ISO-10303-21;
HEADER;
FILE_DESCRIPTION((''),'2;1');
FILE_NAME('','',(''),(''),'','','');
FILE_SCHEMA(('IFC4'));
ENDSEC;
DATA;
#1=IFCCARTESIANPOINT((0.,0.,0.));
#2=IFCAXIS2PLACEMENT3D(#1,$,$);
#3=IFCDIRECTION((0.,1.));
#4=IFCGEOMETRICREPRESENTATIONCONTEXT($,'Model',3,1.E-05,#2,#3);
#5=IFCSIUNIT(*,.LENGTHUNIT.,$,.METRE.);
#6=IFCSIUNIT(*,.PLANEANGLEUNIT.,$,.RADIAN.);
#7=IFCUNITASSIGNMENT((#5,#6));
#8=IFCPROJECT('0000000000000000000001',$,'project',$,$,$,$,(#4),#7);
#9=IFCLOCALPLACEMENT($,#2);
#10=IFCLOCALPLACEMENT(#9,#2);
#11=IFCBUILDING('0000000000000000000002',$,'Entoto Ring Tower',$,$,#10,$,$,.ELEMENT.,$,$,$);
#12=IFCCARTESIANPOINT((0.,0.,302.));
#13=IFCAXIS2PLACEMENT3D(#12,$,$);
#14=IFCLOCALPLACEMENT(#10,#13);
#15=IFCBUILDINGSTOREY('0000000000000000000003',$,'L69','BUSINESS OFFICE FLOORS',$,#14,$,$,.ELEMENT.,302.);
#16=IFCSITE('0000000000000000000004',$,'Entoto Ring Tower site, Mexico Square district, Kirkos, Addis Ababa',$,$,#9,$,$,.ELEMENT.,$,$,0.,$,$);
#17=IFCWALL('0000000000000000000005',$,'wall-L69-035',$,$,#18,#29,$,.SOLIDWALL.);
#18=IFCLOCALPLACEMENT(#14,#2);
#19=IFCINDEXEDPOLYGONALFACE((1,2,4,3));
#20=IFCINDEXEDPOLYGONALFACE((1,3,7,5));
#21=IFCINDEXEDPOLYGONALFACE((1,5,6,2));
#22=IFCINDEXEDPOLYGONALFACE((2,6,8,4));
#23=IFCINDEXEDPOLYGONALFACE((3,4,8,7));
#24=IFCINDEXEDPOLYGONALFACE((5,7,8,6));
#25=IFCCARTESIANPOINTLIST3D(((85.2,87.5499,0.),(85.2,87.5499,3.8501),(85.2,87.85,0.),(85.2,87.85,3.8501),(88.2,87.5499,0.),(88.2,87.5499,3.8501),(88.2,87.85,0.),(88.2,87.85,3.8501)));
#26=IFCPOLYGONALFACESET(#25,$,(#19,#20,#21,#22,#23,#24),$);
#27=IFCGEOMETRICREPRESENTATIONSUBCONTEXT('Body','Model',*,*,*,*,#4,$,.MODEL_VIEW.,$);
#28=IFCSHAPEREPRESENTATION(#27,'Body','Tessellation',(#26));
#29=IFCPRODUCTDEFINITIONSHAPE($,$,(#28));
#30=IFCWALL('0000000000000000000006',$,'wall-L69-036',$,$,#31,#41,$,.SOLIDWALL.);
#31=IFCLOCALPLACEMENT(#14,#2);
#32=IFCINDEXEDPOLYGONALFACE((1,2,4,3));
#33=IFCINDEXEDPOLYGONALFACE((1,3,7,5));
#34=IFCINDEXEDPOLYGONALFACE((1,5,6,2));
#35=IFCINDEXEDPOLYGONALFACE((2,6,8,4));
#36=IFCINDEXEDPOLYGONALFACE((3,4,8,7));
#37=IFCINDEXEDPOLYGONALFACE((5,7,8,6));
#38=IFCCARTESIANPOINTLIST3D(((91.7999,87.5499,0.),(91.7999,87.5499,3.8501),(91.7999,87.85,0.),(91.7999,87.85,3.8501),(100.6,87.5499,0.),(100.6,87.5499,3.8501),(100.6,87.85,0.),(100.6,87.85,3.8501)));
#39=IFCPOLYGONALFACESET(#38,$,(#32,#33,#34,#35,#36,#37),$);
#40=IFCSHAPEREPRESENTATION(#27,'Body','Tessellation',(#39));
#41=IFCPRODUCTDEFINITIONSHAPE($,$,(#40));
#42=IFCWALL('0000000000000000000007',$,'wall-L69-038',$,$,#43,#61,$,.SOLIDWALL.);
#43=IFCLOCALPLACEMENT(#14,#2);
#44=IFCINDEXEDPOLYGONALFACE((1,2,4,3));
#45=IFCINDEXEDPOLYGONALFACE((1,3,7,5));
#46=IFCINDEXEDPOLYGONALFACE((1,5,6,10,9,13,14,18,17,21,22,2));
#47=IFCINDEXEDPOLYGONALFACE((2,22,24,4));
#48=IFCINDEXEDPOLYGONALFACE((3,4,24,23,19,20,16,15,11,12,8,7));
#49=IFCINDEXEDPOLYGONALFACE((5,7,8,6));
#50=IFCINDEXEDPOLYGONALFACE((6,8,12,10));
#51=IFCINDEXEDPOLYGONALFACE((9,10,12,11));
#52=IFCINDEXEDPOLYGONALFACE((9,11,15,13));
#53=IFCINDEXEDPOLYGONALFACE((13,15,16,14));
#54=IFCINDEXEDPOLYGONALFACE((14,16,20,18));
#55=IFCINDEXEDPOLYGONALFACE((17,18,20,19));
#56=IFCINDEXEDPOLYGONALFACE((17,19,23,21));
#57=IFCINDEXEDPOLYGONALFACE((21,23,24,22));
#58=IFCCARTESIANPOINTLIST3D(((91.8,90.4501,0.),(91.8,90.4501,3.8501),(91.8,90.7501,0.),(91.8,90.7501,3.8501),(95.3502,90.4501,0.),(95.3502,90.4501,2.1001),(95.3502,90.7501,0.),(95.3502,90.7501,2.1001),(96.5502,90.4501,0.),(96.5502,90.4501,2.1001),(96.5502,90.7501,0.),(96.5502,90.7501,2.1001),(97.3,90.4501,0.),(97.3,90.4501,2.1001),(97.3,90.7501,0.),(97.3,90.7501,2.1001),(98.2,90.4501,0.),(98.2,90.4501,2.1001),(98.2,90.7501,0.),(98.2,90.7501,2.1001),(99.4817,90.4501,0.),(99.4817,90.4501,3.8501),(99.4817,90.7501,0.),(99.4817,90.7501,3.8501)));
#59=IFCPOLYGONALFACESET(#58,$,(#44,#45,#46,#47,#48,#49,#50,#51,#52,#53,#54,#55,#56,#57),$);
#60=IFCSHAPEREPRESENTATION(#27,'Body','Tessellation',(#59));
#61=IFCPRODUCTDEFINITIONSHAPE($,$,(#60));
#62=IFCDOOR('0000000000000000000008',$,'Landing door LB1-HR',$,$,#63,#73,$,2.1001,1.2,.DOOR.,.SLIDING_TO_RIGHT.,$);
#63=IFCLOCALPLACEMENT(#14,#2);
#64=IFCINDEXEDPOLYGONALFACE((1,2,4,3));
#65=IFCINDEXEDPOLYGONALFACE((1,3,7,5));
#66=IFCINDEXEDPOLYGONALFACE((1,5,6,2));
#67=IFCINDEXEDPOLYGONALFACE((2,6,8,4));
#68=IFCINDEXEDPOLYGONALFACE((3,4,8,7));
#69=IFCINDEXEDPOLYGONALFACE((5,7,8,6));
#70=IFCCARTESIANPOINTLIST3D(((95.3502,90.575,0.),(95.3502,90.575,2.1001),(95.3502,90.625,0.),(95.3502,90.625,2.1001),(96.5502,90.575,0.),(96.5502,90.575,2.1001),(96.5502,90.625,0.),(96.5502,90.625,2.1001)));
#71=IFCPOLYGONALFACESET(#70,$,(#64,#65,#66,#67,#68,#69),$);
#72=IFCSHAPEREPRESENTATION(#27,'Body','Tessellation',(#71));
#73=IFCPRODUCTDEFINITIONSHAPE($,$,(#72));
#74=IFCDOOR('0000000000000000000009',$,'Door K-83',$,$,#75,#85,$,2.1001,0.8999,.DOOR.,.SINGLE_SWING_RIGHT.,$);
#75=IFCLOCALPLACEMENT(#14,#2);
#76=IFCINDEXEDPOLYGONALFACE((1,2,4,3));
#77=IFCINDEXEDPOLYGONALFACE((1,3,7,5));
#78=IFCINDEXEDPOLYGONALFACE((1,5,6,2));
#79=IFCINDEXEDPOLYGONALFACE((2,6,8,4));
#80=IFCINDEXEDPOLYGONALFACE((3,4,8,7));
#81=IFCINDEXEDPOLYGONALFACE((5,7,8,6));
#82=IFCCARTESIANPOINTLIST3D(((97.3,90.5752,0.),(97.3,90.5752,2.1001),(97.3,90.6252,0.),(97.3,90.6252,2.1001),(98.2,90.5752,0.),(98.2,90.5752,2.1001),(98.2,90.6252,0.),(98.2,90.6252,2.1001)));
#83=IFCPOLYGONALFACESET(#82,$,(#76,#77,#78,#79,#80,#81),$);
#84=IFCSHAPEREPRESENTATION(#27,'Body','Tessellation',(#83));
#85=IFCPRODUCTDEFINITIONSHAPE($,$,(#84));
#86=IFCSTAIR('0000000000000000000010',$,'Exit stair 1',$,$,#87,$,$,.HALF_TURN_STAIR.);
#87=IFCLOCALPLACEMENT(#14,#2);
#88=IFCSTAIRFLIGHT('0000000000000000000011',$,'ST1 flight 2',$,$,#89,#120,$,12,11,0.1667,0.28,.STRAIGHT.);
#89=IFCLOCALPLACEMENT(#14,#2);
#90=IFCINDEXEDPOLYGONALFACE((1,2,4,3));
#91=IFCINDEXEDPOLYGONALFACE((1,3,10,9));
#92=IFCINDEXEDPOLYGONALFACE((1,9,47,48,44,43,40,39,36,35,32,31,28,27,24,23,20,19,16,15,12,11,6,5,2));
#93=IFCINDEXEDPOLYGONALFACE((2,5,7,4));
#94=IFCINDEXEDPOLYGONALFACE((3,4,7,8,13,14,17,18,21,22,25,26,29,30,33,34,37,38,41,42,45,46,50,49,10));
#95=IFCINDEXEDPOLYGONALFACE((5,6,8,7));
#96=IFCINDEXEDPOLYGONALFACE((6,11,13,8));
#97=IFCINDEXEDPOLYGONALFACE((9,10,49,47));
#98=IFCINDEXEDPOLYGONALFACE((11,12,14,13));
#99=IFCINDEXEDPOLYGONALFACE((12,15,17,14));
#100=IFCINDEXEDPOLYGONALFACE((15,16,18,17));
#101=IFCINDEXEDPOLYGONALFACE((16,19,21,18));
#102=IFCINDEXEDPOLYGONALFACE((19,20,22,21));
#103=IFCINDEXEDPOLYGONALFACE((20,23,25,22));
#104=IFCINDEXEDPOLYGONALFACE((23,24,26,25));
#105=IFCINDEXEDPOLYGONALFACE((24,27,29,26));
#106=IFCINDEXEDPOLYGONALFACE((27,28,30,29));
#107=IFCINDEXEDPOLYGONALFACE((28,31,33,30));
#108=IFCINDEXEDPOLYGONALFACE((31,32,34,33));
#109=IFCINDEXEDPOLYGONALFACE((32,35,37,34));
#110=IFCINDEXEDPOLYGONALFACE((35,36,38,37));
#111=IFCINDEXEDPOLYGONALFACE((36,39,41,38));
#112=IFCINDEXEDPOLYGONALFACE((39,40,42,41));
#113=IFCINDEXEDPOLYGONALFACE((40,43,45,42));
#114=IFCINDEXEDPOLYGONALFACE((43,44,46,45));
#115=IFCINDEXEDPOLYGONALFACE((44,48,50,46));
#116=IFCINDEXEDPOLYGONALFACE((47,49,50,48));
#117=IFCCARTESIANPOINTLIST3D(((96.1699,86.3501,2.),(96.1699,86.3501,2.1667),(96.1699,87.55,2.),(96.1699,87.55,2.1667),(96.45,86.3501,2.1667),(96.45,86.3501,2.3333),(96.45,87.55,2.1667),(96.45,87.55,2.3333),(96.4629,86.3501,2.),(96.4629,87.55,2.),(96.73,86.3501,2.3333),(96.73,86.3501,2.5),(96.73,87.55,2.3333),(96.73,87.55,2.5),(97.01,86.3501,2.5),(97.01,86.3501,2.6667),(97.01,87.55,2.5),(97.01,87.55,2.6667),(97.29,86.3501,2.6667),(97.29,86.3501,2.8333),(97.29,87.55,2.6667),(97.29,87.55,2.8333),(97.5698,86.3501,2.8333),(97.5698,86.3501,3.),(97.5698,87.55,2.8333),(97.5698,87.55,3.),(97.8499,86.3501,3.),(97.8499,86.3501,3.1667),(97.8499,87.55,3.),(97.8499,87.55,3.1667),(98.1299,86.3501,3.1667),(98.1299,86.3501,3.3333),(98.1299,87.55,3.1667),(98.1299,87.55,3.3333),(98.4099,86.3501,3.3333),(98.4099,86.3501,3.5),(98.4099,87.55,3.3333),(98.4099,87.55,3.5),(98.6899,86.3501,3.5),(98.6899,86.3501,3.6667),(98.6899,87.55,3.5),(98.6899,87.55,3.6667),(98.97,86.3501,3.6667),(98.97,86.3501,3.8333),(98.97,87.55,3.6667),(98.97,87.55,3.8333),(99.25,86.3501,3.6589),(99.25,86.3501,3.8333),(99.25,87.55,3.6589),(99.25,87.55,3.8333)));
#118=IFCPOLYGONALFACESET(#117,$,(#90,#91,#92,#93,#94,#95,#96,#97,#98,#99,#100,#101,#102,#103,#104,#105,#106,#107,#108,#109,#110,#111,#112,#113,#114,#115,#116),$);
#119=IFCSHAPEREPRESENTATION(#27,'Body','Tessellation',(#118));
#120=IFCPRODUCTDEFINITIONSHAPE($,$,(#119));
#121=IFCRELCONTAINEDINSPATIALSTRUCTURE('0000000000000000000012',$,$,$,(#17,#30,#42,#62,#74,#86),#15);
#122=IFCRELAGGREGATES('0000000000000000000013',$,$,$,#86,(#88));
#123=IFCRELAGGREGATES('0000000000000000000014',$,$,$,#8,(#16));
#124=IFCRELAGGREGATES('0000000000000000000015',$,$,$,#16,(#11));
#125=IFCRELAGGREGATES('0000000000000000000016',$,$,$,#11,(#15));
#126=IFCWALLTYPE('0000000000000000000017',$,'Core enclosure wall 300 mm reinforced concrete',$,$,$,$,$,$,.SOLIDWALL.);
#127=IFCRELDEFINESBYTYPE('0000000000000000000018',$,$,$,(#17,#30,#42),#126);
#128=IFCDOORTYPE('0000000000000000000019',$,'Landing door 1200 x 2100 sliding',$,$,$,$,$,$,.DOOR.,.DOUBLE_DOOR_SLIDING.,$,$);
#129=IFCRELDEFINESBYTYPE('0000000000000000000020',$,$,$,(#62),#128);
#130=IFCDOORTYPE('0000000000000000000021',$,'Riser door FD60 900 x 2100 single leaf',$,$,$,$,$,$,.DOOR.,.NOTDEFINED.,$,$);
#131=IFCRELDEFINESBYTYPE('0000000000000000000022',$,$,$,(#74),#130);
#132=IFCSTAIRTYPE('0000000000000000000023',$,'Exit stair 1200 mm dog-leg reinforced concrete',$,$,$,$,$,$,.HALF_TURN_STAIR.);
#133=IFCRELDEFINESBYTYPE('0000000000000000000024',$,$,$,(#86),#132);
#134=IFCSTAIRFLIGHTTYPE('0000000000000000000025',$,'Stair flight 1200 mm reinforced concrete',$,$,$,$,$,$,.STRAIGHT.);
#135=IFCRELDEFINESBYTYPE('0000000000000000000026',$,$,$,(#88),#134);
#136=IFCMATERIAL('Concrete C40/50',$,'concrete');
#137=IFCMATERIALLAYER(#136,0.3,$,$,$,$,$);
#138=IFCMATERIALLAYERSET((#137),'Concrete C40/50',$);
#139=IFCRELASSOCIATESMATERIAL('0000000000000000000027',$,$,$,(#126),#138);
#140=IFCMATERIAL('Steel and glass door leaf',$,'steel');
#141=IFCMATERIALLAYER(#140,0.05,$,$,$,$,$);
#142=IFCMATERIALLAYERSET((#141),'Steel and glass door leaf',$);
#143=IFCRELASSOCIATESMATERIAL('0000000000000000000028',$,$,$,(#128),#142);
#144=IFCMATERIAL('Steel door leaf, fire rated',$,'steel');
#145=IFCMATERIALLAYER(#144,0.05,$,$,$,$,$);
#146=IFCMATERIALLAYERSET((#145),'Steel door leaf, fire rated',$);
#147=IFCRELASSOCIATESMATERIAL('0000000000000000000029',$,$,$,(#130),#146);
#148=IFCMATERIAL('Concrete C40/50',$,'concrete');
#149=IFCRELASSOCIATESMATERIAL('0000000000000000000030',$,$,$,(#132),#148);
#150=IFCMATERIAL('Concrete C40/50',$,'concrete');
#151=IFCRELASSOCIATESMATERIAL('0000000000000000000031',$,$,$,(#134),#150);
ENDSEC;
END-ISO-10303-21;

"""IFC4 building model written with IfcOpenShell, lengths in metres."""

from ifc_helpers import new_model, si_unit, direction, frame, frame_2d, origin, place, context, subcontext, project, spatial, polyline, rectangle, outline, extrude, material, layer, layer_set, type_object, element, fill, aggregate, save


model = new_model("IFC4")

# Units and contexts
model_context = context("Model", 3, precision=1e-05, world=origin(), true_north=direction((0.0, 1.0)))
body_context = subcontext(model_context, "Body", "Model", "MODEL_VIEW")
ifc_project = project(units=[si_unit("LENGTHUNIT", "METRE"), si_unit("PLANEANGLEUNIT", "RADIAN")], contexts=[model_context])

# Site, building, storey
site_placement = place(None, origin())
site = spatial("IfcSite", under=ifc_project, at=site_placement, Name="Entoto Ring Tower site, Mexico Square district, Kirkos, Addis Ababa", CompositionType="ELEMENT", RefElevation=0.0)
building_placement = place(site_placement, origin())
building = spatial("IfcBuilding", under=site, at=building_placement, Name="Entoto Ring Tower", CompositionType="ELEMENT")
storey_placement = place(building_placement, frame((0.0, 0.0, 302.0)))
storey = spatial("IfcBuildingStorey", under=building, at=storey_placement, Name="L69", Description="BUSINESS OFFICE FLOORS", CompositionType="ELEMENT", Elevation=302.0)

# Shared definitions
ifc_material_1 = material(Name="Concrete C40/50", Category="concrete")
ifc_layer_1 = layer(ifc_material_1, 0.3)
ifc_layer_set_1 = layer_set([ifc_layer_1], Name="Concrete C40/50")
wall_type = type_object("IfcWallType", Name="Core enclosure wall 300 mm reinforced concrete", PredefinedType="SOLIDWALL", material=ifc_layer_set_1)

# Shared definitions
ifc_material_2 = material(Name="Steel and glass door leaf", Category="steel")
ifc_layer_2 = layer(ifc_material_2, 0.05)
ifc_layer_set_2 = layer_set([ifc_layer_2], Name="Steel and glass door leaf")
door_type_1 = type_object("IfcDoorType", Name="Landing door 1200 x 2100 sliding", OperationType="DOUBLE_DOOR_SLIDING", PredefinedType="DOOR", material=ifc_layer_set_2)

# Walls
for number, where, z_axis, x_axis, name in (
    (1, (85.2, 87.7, 0.0), (0.0, 0.0, 1.0), (1.0, 0.0, 0.0), "wall-L69-035"),
):
    element("IfcWall", number, at=place(storey_placement, frame(where, z_axis=z_axis, x_axis=x_axis)), inside=storey, type_object=wall_type, Name=name, PredefinedType="SOLIDWALL", context=body_context, shape_type="SweptSolid", body=[
        extrude(rectangle(XDim=3.0, YDim=0.3, at=frame_2d((1.5, 0.0))), origin(), (0.0, 0.0, 1.0), 3.8501),
    ])
wall_1_placement = place(storey_placement, frame((91.8, 87.7, 0.0), z_axis=(0.0, 0.0, 1.0), x_axis=(1.0, 0.0, 0.0)))
element("IfcWall", 2, at=wall_1_placement, inside=storey, type_object=wall_type, Name="wall-L69-036", PredefinedType="SOLIDWALL", context=body_context, shape_type="SweptSolid", body=[
    extrude(rectangle(XDim=8.8, YDim=0.3, at=frame_2d((4.3999, 0.0))), origin(), (0.0, 0.0, 1.0), 3.8501),
])

# Wall, openings, doors
wall_2_placement = place(storey_placement, frame((91.8, 90.6001, 0.0), z_axis=(0.0, 0.0, 1.0), x_axis=(1.0, 0.0, 0.0)))
wall_2 = element("IfcWall", 3, at=wall_2_placement, inside=storey, type_object=wall_type, Name="wall-L69-038", PredefinedType="SOLIDWALL", context=body_context, shape_type="SweptSolid", body=[
    extrude(rectangle(XDim=7.6816, YDim=0.3, at=frame_2d((3.8408, 0.0))), origin(), (0.0, 0.0, 1.0), 3.8501),
])
opening_1_placement = place(wall_2_placement, frame((3.55, 0.0, 0.0)))
opening_1 = element("IfcOpeningElement", 4, at=opening_1_placement, cuts=wall_2, PredefinedType="OPENING", context=body_context, shape_type="SweptSolid", body=[
    extrude(rectangle(XDim=1.2, YDim=2.1001, at=frame_2d((0.6001, 1.05))), frame((0.0, 0.1602, 0.0), z_axis=(0.0, -1.0, 0.0), x_axis=(1.0, 0.0, 0.0)), (0.0, 0.0, 1.0), 0.3201),
])
opening_2_placement = place(wall_2_placement, frame((5.5, 0.0, 0.0)))
opening_2 = element("IfcOpeningElement", 5, at=opening_2_placement, cuts=wall_2, PredefinedType="OPENING", context=body_context, shape_type="SweptSolid", body=[
    extrude(rectangle(XDim=0.8999, YDim=2.1001, at=frame_2d((0.45, 1.05))), frame((0.0, 0.1602, 0.0), z_axis=(0.0, -1.0, 0.0), x_axis=(1.0, 0.0, 0.0)), (0.0, 0.0, 1.0), 0.3201),
])
door_1_placement = place(opening_1_placement, origin())
door_1 = element("IfcDoor", 6, at=door_1_placement, inside=storey, type_object=door_type_1, Name="Landing door LB1-HR", OperationType="SLIDING_TO_RIGHT", OverallHeight=2.1001, OverallWidth=1.2, PredefinedType="DOOR", context=body_context, shape_type="SweptSolid", body=[
    extrude(rectangle(XDim=1.2, YDim=2.1001, at=frame_2d((0.6001, 1.05))), frame((0.0, 0.0249, 0.0), z_axis=(0.0, -1.0, 0.0), x_axis=(1.0, 0.0, 0.0)), (0.0, 0.0, 1.0), 0.05),
])
fill(opening_1, door_1)
ifc_material_3 = material(Name="Steel door leaf, fire rated", Category="steel")
ifc_layer_3 = layer(ifc_material_3, 0.05)
ifc_layer_set_3 = layer_set([ifc_layer_3], Name="Steel door leaf, fire rated")
door_type_2 = type_object("IfcDoorType", Name="Riser door FD60 900 x 2100 single leaf", OperationType="NOTDEFINED", PredefinedType="DOOR", material=ifc_layer_set_3)
door_2_placement = place(opening_2_placement, frame((0.8999, 0.0, 0.0), z_axis=(0.0, 0.0, 1.0), x_axis=(-1.0, 0.0, 0.0)))
door_2 = element("IfcDoor", 7, at=door_2_placement, inside=storey, type_object=door_type_2, Name="Door K-83", OperationType="SINGLE_SWING_RIGHT", OverallHeight=2.1001, OverallWidth=0.8999, PredefinedType="DOOR", context=body_context, shape_type="SweptSolid", body=[
    extrude(rectangle(XDim=0.8999, YDim=2.1001, at=frame_2d((0.45, 1.05))), frame((0.0, 0.0249, 0.0), z_axis=(0.0, -1.0, 0.0), x_axis=(1.0, 0.0, 0.0)), (0.0, 0.0, 1.0), 0.05),
])
fill(opening_2, door_2)

# Stair, stair flight
ifc_material_4 = material(Name="Concrete C40/50", Category="concrete")
stair_type = type_object("IfcStairType", Name="Exit stair 1200 mm dog-leg reinforced concrete", PredefinedType="HALF_TURN_STAIR", material=ifc_material_4)
stair_placement = place(storey_placement, origin())
stair = element("IfcStair", 8, at=stair_placement, inside=storey, type_object=stair_type, Name="Exit stair 1", PredefinedType="HALF_TURN_STAIR")
ifc_material_5 = material(Name="Concrete C40/50", Category="concrete")
stair_flight_type = type_object("IfcStairFlightType", Name="Stair flight 1200 mm reinforced concrete", PredefinedType="STRAIGHT", material=ifc_material_5)
stair_flight_placement = place(storey_placement, frame((96.1699, 86.95, 2.0), z_axis=(0.0, 0.0, 1.0), x_axis=(1.0, 0.0, 0.0)))
stair_flight = element("IfcStairFlight", 9, at=stair_flight_placement, type_object=stair_flight_type, Name="ST1 flight 2", NumberOfRisers=12, NumberOfTreads=11, PredefinedType="STRAIGHT", RiserHeight=0.1667, TreadLength=0.28, context=body_context, shape_type="SweptSolid", body=[
    extrude(outline(polyline([(0.0, 0.0), (0.0, 0.1667), (0.28, 0.1667), (0.28, 0.3333), (0.5601, 0.3333), (0.5601, 0.5), (0.8401, 0.5), (0.8401, 0.6667), (1.1201, 0.6667), (1.1201, 0.8333), (1.3999, 0.8333), (1.3999, 1.0), (1.6799, 1.0), (1.6799, 1.1667), (1.96, 1.1667), (1.96, 1.3333), (2.24, 1.3333), (2.24, 1.5), (2.52, 1.5), (2.52, 1.6667), (2.8, 1.6667), (2.8, 1.8333), (3.0801, 1.8333), (3.0801, 2.0), (3.0801, 1.6589), (0.293, 0.0), (0.0, 0.0)])), frame((0.0, 0.6001, 0.0), z_axis=(0.0, -1.0, 0.0), x_axis=(1.0, 0.0, 0.0)), (0.0, 0.0, 1.0), 1.2),
])
aggregate(stair, [stair_flight])

save(model, "model.ifc")
